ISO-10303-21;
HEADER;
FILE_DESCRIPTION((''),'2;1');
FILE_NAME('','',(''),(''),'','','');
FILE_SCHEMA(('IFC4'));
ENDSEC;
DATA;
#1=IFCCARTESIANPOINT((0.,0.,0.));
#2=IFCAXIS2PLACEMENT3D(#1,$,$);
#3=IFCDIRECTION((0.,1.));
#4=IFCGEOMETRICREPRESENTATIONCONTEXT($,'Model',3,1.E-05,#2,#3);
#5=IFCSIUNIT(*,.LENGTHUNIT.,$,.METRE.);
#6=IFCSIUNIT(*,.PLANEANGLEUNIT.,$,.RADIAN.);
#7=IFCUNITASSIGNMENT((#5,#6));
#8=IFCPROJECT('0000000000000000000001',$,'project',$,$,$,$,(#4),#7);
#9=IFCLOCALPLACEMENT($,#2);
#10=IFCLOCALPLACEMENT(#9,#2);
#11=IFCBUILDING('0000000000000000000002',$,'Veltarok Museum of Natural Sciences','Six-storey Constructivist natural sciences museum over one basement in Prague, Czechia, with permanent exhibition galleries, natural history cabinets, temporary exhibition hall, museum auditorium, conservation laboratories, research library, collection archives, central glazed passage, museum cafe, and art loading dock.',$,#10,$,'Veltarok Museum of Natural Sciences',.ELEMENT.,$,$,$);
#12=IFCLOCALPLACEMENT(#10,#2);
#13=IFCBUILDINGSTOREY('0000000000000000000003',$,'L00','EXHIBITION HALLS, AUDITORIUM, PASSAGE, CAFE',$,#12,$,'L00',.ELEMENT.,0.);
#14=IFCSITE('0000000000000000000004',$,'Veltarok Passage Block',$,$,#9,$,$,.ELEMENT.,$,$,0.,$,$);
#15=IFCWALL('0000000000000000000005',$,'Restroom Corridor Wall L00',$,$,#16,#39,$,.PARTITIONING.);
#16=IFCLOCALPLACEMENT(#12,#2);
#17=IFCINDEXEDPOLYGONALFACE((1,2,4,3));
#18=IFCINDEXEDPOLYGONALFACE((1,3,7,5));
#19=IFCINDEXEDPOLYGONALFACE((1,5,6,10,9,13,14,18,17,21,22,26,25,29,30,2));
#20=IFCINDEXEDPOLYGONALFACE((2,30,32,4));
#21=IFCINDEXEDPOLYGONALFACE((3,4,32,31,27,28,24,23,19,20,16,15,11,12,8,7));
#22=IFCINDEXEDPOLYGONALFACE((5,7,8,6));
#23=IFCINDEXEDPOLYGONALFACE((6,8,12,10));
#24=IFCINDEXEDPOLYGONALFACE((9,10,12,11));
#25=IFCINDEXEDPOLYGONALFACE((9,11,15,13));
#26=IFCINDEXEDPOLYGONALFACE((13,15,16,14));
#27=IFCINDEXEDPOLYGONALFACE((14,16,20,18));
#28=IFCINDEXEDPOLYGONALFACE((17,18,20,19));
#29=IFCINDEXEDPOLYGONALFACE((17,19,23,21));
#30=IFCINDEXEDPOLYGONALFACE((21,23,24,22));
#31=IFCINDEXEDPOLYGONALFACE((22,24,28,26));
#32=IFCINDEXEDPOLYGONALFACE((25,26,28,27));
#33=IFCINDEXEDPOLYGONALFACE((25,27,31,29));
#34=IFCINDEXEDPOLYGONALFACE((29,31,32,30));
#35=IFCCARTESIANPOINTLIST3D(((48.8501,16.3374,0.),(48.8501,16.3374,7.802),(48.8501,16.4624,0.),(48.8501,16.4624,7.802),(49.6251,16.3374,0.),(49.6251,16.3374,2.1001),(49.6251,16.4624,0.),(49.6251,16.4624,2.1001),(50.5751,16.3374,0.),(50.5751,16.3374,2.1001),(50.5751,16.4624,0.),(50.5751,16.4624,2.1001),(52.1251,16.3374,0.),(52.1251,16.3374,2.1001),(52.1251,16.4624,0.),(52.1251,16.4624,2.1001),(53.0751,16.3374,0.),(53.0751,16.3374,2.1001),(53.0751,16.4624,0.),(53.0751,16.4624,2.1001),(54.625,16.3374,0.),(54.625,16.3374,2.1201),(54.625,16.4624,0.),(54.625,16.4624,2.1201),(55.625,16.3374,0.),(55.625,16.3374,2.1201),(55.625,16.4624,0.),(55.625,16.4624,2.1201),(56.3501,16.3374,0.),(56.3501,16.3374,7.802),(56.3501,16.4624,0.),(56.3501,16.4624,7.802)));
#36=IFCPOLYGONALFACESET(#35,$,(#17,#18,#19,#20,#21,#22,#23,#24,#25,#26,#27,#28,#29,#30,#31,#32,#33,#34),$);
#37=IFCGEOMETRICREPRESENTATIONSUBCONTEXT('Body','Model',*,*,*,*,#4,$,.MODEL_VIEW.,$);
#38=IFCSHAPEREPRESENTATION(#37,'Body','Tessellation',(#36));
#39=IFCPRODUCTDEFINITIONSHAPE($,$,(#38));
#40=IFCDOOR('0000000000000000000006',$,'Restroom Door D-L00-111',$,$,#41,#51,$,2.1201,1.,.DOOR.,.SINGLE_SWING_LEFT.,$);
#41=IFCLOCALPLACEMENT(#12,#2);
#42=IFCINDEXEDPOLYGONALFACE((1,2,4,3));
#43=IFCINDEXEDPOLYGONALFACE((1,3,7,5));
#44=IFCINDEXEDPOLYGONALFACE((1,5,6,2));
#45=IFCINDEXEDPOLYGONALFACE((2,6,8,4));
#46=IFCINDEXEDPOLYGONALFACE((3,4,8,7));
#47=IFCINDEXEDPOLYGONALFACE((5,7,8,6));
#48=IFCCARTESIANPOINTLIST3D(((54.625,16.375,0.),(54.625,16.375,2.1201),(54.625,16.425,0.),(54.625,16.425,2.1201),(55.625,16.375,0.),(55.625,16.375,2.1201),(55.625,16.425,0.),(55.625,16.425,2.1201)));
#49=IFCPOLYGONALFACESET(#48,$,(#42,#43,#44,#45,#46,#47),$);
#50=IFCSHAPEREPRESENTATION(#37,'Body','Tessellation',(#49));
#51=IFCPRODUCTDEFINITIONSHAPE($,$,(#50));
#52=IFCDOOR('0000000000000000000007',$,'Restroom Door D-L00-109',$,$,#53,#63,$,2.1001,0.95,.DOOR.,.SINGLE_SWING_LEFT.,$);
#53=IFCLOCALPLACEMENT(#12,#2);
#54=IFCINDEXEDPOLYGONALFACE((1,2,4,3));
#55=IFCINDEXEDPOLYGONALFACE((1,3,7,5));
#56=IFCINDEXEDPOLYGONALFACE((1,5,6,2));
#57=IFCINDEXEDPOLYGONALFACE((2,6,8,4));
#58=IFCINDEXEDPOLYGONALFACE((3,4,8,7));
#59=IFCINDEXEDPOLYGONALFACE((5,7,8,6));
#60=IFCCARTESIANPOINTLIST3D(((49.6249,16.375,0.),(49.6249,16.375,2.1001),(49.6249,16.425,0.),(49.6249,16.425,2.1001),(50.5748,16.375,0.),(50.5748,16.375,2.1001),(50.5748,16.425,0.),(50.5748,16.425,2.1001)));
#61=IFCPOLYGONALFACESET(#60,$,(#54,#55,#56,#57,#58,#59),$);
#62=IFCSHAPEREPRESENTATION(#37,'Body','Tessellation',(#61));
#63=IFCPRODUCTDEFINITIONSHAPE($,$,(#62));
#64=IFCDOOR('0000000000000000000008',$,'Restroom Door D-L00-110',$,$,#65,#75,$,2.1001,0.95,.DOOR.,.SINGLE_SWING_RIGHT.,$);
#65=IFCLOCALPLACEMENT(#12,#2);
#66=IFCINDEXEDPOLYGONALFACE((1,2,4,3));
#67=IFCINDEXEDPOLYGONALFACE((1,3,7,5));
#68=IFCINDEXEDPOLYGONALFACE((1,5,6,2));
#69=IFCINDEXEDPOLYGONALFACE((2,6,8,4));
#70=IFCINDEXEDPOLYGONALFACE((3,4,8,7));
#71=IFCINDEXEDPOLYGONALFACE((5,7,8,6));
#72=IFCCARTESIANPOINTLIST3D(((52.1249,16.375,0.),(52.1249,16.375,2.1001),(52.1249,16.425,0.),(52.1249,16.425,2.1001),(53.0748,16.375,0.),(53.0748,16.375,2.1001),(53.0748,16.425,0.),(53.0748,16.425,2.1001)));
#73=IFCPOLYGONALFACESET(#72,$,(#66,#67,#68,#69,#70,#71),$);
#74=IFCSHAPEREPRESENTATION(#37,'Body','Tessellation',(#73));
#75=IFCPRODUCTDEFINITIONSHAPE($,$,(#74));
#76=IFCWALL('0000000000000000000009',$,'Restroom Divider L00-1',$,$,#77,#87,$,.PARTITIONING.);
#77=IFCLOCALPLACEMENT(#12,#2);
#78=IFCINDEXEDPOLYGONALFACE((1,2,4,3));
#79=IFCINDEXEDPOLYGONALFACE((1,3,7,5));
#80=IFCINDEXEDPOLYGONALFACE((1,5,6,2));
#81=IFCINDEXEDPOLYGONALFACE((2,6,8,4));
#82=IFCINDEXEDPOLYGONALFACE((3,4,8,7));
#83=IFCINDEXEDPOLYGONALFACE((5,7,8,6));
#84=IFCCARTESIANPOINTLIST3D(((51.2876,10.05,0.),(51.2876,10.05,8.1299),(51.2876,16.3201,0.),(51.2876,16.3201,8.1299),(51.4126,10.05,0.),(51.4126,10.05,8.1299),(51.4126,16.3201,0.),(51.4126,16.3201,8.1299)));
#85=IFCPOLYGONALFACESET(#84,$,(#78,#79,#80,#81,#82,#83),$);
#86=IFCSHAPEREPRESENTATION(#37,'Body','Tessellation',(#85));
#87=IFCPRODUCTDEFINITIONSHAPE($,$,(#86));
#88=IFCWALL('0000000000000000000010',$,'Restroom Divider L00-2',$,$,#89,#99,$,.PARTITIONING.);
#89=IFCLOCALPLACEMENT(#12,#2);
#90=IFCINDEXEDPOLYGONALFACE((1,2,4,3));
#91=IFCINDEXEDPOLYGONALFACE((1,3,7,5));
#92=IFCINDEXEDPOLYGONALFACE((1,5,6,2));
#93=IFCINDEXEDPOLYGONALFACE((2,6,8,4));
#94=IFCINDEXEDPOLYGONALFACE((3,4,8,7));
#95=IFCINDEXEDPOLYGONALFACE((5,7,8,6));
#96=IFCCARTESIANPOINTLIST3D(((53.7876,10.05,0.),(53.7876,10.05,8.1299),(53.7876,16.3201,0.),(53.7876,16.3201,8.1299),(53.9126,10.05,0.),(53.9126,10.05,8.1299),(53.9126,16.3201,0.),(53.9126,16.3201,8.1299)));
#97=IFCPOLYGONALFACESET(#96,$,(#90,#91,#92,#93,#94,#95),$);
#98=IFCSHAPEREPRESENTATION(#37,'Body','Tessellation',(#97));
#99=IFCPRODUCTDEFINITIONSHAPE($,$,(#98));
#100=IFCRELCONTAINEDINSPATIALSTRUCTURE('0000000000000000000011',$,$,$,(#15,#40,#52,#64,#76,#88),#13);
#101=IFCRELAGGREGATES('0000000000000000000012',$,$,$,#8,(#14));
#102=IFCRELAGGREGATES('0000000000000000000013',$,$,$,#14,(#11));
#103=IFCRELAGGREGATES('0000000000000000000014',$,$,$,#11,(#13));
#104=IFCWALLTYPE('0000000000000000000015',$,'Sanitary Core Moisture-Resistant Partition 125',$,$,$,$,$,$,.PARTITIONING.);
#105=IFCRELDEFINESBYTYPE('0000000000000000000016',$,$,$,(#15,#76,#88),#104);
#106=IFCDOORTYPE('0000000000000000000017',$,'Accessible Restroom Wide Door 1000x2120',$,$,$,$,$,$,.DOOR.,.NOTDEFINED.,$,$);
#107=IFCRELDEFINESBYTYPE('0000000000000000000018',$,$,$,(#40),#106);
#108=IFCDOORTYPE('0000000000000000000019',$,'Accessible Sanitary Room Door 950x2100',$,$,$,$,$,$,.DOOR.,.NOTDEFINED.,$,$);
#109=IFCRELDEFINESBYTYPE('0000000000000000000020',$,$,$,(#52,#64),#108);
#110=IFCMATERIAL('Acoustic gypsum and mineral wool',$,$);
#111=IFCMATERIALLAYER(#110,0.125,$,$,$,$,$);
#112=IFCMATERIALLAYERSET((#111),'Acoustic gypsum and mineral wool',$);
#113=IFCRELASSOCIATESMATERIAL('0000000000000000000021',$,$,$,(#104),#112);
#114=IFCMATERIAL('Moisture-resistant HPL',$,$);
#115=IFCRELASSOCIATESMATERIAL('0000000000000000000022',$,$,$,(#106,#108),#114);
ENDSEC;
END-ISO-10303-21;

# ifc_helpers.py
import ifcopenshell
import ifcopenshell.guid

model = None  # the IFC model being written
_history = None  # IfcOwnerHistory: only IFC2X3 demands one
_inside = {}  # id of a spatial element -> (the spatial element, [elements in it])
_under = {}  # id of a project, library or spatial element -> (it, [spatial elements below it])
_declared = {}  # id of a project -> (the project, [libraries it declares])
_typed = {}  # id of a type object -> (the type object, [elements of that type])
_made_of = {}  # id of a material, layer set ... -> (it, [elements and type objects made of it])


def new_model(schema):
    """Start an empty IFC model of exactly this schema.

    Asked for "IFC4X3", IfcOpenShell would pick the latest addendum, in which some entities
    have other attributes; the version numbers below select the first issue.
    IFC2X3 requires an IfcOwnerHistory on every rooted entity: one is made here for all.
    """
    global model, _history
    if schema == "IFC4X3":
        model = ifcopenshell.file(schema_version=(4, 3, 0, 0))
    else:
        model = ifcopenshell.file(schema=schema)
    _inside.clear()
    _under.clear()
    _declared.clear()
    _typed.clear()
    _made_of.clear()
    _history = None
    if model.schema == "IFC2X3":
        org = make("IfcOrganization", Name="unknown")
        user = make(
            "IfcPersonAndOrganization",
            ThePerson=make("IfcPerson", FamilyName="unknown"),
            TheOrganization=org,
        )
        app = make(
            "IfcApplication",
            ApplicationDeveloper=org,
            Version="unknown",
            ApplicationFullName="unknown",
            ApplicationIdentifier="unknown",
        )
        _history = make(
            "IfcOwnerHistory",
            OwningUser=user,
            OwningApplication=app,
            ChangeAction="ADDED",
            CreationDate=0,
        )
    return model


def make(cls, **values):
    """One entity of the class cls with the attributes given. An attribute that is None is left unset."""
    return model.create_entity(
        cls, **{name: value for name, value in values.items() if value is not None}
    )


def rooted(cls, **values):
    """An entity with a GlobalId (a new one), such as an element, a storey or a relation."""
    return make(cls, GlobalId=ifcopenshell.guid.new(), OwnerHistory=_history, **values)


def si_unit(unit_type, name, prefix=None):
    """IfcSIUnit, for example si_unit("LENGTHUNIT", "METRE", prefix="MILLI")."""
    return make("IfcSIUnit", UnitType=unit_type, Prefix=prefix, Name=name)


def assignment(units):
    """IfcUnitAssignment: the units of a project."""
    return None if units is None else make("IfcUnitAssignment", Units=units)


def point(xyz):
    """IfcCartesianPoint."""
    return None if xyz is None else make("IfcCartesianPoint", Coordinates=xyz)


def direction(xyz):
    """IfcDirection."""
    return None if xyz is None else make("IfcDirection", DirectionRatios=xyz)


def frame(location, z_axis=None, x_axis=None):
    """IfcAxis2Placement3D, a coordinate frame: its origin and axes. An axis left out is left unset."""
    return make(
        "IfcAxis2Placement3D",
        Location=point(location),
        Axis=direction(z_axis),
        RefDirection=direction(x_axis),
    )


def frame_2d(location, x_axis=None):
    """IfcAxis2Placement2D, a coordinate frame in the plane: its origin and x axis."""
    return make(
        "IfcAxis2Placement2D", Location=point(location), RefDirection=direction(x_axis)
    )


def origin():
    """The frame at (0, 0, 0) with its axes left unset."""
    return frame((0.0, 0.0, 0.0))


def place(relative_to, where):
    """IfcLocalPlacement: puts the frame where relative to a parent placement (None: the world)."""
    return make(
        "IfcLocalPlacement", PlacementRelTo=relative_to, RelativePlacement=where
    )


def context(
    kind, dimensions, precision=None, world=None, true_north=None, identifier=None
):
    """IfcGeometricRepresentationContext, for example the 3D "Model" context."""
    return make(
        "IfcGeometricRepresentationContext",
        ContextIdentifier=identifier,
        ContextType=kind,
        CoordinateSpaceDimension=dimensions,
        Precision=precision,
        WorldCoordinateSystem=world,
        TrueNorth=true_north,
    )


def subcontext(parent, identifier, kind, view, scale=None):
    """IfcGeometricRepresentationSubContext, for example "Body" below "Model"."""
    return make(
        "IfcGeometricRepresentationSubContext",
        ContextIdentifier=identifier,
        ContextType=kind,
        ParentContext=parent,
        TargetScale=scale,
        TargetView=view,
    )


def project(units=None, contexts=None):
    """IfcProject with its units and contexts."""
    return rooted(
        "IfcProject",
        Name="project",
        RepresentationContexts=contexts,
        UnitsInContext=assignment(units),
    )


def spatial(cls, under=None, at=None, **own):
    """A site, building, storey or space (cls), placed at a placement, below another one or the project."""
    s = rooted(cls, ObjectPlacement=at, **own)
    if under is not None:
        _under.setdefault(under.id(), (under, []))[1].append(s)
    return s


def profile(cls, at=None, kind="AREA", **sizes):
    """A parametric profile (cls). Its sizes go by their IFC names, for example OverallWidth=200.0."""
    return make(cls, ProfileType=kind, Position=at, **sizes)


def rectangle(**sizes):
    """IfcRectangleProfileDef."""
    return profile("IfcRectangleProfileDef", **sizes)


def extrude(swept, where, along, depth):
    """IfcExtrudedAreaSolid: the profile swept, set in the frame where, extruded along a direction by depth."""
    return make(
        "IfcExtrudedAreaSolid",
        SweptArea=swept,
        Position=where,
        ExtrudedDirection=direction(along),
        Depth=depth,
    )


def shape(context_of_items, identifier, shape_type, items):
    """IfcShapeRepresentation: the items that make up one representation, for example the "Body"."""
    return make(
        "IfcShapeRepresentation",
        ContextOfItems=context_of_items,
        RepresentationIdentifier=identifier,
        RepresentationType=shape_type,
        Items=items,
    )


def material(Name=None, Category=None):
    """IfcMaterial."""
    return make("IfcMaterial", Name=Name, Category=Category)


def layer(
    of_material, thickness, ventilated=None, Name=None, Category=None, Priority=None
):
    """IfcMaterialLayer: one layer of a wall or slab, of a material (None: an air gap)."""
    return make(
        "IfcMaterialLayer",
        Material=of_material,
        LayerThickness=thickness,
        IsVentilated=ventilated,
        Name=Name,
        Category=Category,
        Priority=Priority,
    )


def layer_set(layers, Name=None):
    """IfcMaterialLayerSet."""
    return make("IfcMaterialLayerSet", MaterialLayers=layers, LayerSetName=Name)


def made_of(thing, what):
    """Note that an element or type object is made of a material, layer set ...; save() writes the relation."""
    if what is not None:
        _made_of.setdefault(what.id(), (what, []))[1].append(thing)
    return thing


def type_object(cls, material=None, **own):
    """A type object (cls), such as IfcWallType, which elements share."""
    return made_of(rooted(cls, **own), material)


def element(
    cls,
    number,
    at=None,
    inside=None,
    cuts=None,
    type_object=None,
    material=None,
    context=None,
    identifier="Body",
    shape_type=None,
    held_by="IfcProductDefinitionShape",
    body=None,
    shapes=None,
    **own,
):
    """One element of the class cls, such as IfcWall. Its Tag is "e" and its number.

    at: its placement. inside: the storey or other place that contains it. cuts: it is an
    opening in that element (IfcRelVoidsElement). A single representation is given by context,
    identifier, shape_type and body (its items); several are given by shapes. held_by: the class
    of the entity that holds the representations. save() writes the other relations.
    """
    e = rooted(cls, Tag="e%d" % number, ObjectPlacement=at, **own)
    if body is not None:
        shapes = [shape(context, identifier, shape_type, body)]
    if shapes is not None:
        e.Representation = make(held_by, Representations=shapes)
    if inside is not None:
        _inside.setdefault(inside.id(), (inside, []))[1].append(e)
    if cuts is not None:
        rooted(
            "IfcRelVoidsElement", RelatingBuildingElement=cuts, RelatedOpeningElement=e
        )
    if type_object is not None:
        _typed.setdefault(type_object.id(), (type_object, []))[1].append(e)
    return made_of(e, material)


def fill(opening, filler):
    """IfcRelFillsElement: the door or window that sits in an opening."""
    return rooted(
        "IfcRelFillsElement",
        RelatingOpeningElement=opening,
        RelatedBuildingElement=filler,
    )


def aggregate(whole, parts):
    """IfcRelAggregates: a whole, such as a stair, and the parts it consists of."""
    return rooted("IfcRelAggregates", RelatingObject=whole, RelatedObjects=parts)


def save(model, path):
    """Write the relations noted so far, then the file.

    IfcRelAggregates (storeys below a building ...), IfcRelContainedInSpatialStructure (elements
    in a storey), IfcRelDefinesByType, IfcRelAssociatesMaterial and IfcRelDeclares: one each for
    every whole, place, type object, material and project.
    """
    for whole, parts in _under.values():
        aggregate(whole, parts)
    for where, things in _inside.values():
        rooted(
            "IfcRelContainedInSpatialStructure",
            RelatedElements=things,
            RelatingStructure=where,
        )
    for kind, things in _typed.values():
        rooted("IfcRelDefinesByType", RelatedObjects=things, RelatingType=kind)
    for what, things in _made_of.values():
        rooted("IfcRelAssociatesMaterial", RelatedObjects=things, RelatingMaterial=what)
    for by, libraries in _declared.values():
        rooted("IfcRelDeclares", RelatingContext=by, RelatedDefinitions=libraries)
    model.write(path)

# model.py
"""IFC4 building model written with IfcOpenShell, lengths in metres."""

from ifc_helpers import new_model, si_unit, direction, frame, frame_2d, origin, place, context, subcontext, project, spatial, rectangle, extrude, material, layer, layer_set, type_object, element, fill, save


model = new_model("IFC4")

# Units and contexts
model_context = context("Model", 3, precision=1e-05, world=origin(), true_north=direction((0.0, 1.0)))
body_context = subcontext(model_context, "Body", "Model", "MODEL_VIEW")
ifc_project = project(units=[si_unit("LENGTHUNIT", "METRE"), si_unit("PLANEANGLEUNIT", "RADIAN")], contexts=[model_context])

# Site, building, storey
site_placement = place(None, origin())
site = spatial("IfcSite", under=ifc_project, at=site_placement, Name="Veltarok Passage Block", CompositionType="ELEMENT", RefElevation=0.0)
building_placement = place(site_placement, origin())
building = spatial("IfcBuilding", under=site, at=building_placement, Name="Veltarok Museum of Natural Sciences", Description="Six-storey Constructivist natural sciences museum over one basement in Prague, Czechia, with permanent exhibition galleries, natural history cabinets, temporary exhibition hall, museum auditorium, conservation laboratories, research library, collection archives, central glazed passage, museum cafe, and art loading dock.", LongName="Veltarok Museum of Natural Sciences", CompositionType="ELEMENT")
storey_placement = place(building_placement, origin())
storey = spatial("IfcBuildingStorey", under=building, at=storey_placement, Name="L00", Description="EXHIBITION HALLS, AUDITORIUM, PASSAGE, CAFE", LongName="L00", CompositionType="ELEMENT", Elevation=0.0)

# Wall, openings, doors
ifc_material_1 = material(Name="Acoustic gypsum and mineral wool")
ifc_layer = layer(ifc_material_1, 0.125)
ifc_layer_set = layer_set([ifc_layer], Name="Acoustic gypsum and mineral wool")
wall_type = type_object("IfcWallType", Name="Sanitary Core Moisture-Resistant Partition 125", PredefinedType="PARTITIONING", material=ifc_layer_set)
wall_placement = place(storey_placement, frame((48.8501, 16.3999, 0.0), z_axis=(0.0, 0.0, 1.0), x_axis=(1.0, 0.0, 0.0)))
wall = element("IfcWall", 1, at=wall_placement, inside=storey, type_object=wall_type, Name="Restroom Corridor Wall L00", PredefinedType="PARTITIONING", context=body_context, shape_type="SweptSolid", body=[
    extrude(rectangle(XDim=7.5, YDim=0.125, at=frame_2d((3.75, 0.0))), origin(), (0.0, 0.0, 1.0), 7.802),
])
opening_1_placement = place(wall_placement, frame((0.7749, 0.0, 0.0)))
opening_1 = element("IfcOpeningElement", 2, at=opening_1_placement, cuts=wall, PredefinedType="OPENING", context=body_context, shape_type="SweptSolid", body=[
    extrude(rectangle(XDim=0.95, YDim=2.1001, at=frame_2d((0.4751, 1.05))), frame((0.0, 0.0725, 0.0), z_axis=(0.0, -1.0, 0.0), x_axis=(1.0, 0.0, 0.0)), (0.0, 0.0, 1.0), 0.145),
])
opening_2_placement = place(wall_placement, frame((3.2749, 0.0, 0.0)))
opening_2 = element("IfcOpeningElement", 3, at=opening_2_placement, cuts=wall, PredefinedType="OPENING", context=body_context, shape_type="SweptSolid", body=[
    extrude(rectangle(XDim=0.95, YDim=2.1001, at=frame_2d((0.4751, 1.05))), frame((0.0, 0.0725, 0.0), z_axis=(0.0, -1.0, 0.0), x_axis=(1.0, 0.0, 0.0)), (0.0, 0.0, 1.0), 0.145),
])
opening_3_placement = place(wall_placement, frame((5.7749, 0.0, 0.0)))
opening_3 = element("IfcOpeningElement", 4, at=opening_3_placement, cuts=wall, PredefinedType="OPENING", context=body_context, shape_type="SweptSolid", body=[
    extrude(rectangle(XDim=1.0, YDim=2.1201, at=frame_2d((0.5, 1.0601))), frame((0.0, 0.0725, 0.0), z_axis=(0.0, -1.0, 0.0), x_axis=(1.0, 0.0, 0.0)), (0.0, 0.0, 1.0), 0.145),
])
ifc_material_2 = material(Name="Moisture-resistant HPL")
door_type_1 = type_object("IfcDoorType", Name="Accessible Restroom Wide Door 1000x2120", OperationType="NOTDEFINED", PredefinedType="DOOR", material=ifc_material_2)
door_1_placement = place(opening_3_placement, frame((1.0, 0.0, 0.0), z_axis=(0.0, 0.0, 1.0), x_axis=(-1.0, 0.0, 0.0)))
door_1 = element("IfcDoor", 5, at=door_1_placement, inside=storey, type_object=door_type_1, Name="Restroom Door D-L00-111", OperationType="SINGLE_SWING_LEFT", OverallHeight=2.1201, OverallWidth=1.0, PredefinedType="DOOR", context=body_context, shape_type="SweptSolid", body=[
    extrude(rectangle(XDim=1.0, YDim=2.1201, at=frame_2d((0.5, 1.0601))), frame((0.0, 0.0249, 0.0), z_axis=(0.0, -1.0, 0.0), x_axis=(1.0, 0.0, 0.0)), (0.0, 0.0, 1.0), 0.05),
])
fill(opening_3, door_1)
door_type_2 = type_object("IfcDoorType", Name="Accessible Sanitary Room Door 950x2100", OperationType="NOTDEFINED", PredefinedType="DOOR", material=ifc_material_2)
door_2_placement = place(opening_1_placement, frame((0.95, 0.0, 0.0), z_axis=(0.0, 0.0, 1.0), x_axis=(-1.0, 0.0, 0.0)))
door_2 = element("IfcDoor", 6, at=door_2_placement, inside=storey, type_object=door_type_2, Name="Restroom Door D-L00-109", OperationType="SINGLE_SWING_LEFT", OverallHeight=2.1001, OverallWidth=0.95, PredefinedType="DOOR", context=body_context, shape_type="SweptSolid", body=[
    extrude(rectangle(XDim=0.95, YDim=2.1001, at=frame_2d((0.4751, 1.05))), frame((0.0, 0.0249, 0.0), z_axis=(0.0, -1.0, 0.0), x_axis=(1.0, 0.0, 0.0)), (0.0, 0.0, 1.0), 0.05),
])
fill(opening_1, door_2)
door_3_placement = place(opening_2_placement, frame((0.95, 0.0, 0.0), z_axis=(0.0, 0.0, 1.0), x_axis=(-1.0, 0.0, 0.0)))
door_3 = element("IfcDoor", 7, at=door_3_placement, inside=storey, type_object=door_type_2, Name="Restroom Door D-L00-110", OperationType="SINGLE_SWING_RIGHT", OverallHeight=2.1001, OverallWidth=0.95, PredefinedType="DOOR", context=body_context, shape_type="SweptSolid", body=[
    extrude(rectangle(XDim=0.95, YDim=2.1001, at=frame_2d((0.4751, 1.05))), frame((0.0, 0.0249, 0.0), z_axis=(0.0, -1.0, 0.0), x_axis=(1.0, 0.0, 0.0)), (0.0, 0.0, 1.0), 0.05),
])
fill(opening_2, door_3)

# Walls
for number, where, z_axis, x_axis, name in (
    (8, (51.3501, 10.05, 0.0), (0.0, 0.0, 1.0), (0.0, 1.0, 0.0), "Restroom Divider L00-1"),
    (9, (53.8501, 10.05, 0.0), (0.0, 0.0, 1.0), (0.0, 1.0, 0.0), "Restroom Divider L00-2"),
):
    element("IfcWall", number, at=place(storey_placement, frame(where, z_axis=z_axis, x_axis=x_axis)), inside=storey, type_object=wall_type, Name=name, PredefinedType="PARTITIONING", context=body_context, shape_type="SweptSolid", body=[
        extrude(rectangle(XDim=6.27, YDim=0.125, at=frame_2d((3.135, 0.0))), origin(), (0.0, 0.0, 1.0), 8.1299),
    ])

save(model, "model.ifc")
